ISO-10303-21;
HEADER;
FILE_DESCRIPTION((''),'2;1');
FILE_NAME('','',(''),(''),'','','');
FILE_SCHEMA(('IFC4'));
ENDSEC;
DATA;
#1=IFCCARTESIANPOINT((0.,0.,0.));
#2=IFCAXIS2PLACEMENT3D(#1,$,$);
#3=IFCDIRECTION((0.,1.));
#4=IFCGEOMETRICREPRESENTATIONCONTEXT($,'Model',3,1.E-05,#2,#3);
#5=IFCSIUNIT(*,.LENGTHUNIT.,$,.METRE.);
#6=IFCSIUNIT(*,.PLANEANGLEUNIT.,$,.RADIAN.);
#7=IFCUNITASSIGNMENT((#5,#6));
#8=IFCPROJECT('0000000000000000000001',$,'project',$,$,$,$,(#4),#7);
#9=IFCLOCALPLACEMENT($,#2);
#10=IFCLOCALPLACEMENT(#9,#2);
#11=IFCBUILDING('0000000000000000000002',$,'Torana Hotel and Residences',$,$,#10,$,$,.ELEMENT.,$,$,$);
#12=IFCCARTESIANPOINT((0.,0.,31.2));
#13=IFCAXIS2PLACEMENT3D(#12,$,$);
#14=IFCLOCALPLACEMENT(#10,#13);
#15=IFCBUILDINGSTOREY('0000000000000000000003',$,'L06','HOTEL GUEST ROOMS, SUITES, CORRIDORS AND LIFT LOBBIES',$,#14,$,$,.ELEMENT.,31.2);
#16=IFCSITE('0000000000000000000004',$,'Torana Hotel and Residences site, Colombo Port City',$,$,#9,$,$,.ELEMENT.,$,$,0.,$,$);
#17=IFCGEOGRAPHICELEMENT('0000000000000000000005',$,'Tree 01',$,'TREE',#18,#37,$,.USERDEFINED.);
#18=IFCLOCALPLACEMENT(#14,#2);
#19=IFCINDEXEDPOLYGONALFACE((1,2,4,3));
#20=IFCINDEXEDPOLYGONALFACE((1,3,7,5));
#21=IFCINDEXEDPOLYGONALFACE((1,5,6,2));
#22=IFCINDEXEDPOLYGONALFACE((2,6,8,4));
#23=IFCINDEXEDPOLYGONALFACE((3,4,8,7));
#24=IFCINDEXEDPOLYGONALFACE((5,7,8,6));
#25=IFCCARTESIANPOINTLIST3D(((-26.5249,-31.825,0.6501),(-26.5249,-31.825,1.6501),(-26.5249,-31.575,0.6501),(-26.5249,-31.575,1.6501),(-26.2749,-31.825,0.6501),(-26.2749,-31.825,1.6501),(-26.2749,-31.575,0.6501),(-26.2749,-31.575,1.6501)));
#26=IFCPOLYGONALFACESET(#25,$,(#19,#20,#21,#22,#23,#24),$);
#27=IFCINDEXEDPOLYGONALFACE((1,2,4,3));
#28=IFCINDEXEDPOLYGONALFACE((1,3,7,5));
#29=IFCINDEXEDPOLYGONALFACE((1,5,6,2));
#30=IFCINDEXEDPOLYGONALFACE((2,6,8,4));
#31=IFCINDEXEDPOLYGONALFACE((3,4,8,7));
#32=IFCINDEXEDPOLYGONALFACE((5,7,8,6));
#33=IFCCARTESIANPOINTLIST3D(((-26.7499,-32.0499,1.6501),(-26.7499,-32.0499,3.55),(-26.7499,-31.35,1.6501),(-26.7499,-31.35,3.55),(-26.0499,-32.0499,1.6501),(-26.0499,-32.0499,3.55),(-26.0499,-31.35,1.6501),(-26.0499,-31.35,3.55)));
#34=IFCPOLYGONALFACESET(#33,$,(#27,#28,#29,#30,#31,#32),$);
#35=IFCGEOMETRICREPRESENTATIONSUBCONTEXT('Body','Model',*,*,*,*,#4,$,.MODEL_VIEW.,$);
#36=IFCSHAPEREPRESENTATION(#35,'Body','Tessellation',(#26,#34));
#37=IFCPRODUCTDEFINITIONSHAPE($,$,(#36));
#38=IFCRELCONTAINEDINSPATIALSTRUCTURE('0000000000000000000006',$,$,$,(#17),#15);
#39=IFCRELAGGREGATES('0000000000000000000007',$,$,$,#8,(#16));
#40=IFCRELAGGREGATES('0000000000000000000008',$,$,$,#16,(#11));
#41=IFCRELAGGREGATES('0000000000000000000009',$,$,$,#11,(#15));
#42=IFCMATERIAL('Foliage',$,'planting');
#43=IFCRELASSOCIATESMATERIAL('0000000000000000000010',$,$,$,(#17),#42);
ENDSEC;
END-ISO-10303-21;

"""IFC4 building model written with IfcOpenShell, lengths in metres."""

from ifc_helpers import new_model, si_unit, direction, frame, origin, origin_2d, place, context, subcontext, project, spatial, rectangle, extrude, material, element, save


model = new_model("IFC4")

# Units and contexts
model_context = context("Model", 3, precision=1e-05, world=origin(), true_north=direction((0.0, 1.0)))
body_context = subcontext(model_context, "Body", "Model", "MODEL_VIEW")
ifc_project = project(units=[si_unit("LENGTHUNIT", "METRE"), si_unit("PLANEANGLEUNIT", "RADIAN")], contexts=[model_context])

# Site, building, storey
site_placement = place(None, origin())
site = spatial("IfcSite", under=ifc_project, at=site_placement, Name="Torana Hotel and Residences site, Colombo Port City", CompositionType="ELEMENT", RefElevation=0.0)
building_placement = place(site_placement, origin())
building = spatial("IfcBuilding", under=site, at=building_placement, Name="Torana Hotel and Residences", CompositionType="ELEMENT")
storey_placement = place(building_placement, frame((0.0, 0.0, 31.2)))
storey = spatial("IfcBuildingStorey", under=building, at=storey_placement, Name="L06", Description="HOTEL GUEST ROOMS, SUITES, CORRIDORS AND LIFT LOBBIES", CompositionType="ELEMENT", Elevation=31.2)

# Geographic element
ifc_material_1 = material(Name="Foliage", Category="planting")
geographic_element_placement = place(storey_placement, frame((-26.3999, -31.7, 0.6501), z_axis=(0.0, 0.0, 1.0), x_axis=(1.0, 0.0, 0.0)))
element("IfcGeographicElement", 1, at=geographic_element_placement, inside=storey, material=ifc_material_1, Name="Tree 01", ObjectType="TREE", PredefinedType="USERDEFINED", context=body_context, shape_type="SweptSolid", body=[
    extrude(rectangle(XDim=0.25, YDim=0.25, at=origin_2d()), origin(), (0.0, 0.0, 1.0), 1.0),
    extrude(rectangle(XDim=0.7, YDim=0.7, at=origin_2d()), frame((0.0, 0.0, 1.0)), (0.0, 0.0, 1.0), 1.8999),
])

save(model, "model.ifc")
